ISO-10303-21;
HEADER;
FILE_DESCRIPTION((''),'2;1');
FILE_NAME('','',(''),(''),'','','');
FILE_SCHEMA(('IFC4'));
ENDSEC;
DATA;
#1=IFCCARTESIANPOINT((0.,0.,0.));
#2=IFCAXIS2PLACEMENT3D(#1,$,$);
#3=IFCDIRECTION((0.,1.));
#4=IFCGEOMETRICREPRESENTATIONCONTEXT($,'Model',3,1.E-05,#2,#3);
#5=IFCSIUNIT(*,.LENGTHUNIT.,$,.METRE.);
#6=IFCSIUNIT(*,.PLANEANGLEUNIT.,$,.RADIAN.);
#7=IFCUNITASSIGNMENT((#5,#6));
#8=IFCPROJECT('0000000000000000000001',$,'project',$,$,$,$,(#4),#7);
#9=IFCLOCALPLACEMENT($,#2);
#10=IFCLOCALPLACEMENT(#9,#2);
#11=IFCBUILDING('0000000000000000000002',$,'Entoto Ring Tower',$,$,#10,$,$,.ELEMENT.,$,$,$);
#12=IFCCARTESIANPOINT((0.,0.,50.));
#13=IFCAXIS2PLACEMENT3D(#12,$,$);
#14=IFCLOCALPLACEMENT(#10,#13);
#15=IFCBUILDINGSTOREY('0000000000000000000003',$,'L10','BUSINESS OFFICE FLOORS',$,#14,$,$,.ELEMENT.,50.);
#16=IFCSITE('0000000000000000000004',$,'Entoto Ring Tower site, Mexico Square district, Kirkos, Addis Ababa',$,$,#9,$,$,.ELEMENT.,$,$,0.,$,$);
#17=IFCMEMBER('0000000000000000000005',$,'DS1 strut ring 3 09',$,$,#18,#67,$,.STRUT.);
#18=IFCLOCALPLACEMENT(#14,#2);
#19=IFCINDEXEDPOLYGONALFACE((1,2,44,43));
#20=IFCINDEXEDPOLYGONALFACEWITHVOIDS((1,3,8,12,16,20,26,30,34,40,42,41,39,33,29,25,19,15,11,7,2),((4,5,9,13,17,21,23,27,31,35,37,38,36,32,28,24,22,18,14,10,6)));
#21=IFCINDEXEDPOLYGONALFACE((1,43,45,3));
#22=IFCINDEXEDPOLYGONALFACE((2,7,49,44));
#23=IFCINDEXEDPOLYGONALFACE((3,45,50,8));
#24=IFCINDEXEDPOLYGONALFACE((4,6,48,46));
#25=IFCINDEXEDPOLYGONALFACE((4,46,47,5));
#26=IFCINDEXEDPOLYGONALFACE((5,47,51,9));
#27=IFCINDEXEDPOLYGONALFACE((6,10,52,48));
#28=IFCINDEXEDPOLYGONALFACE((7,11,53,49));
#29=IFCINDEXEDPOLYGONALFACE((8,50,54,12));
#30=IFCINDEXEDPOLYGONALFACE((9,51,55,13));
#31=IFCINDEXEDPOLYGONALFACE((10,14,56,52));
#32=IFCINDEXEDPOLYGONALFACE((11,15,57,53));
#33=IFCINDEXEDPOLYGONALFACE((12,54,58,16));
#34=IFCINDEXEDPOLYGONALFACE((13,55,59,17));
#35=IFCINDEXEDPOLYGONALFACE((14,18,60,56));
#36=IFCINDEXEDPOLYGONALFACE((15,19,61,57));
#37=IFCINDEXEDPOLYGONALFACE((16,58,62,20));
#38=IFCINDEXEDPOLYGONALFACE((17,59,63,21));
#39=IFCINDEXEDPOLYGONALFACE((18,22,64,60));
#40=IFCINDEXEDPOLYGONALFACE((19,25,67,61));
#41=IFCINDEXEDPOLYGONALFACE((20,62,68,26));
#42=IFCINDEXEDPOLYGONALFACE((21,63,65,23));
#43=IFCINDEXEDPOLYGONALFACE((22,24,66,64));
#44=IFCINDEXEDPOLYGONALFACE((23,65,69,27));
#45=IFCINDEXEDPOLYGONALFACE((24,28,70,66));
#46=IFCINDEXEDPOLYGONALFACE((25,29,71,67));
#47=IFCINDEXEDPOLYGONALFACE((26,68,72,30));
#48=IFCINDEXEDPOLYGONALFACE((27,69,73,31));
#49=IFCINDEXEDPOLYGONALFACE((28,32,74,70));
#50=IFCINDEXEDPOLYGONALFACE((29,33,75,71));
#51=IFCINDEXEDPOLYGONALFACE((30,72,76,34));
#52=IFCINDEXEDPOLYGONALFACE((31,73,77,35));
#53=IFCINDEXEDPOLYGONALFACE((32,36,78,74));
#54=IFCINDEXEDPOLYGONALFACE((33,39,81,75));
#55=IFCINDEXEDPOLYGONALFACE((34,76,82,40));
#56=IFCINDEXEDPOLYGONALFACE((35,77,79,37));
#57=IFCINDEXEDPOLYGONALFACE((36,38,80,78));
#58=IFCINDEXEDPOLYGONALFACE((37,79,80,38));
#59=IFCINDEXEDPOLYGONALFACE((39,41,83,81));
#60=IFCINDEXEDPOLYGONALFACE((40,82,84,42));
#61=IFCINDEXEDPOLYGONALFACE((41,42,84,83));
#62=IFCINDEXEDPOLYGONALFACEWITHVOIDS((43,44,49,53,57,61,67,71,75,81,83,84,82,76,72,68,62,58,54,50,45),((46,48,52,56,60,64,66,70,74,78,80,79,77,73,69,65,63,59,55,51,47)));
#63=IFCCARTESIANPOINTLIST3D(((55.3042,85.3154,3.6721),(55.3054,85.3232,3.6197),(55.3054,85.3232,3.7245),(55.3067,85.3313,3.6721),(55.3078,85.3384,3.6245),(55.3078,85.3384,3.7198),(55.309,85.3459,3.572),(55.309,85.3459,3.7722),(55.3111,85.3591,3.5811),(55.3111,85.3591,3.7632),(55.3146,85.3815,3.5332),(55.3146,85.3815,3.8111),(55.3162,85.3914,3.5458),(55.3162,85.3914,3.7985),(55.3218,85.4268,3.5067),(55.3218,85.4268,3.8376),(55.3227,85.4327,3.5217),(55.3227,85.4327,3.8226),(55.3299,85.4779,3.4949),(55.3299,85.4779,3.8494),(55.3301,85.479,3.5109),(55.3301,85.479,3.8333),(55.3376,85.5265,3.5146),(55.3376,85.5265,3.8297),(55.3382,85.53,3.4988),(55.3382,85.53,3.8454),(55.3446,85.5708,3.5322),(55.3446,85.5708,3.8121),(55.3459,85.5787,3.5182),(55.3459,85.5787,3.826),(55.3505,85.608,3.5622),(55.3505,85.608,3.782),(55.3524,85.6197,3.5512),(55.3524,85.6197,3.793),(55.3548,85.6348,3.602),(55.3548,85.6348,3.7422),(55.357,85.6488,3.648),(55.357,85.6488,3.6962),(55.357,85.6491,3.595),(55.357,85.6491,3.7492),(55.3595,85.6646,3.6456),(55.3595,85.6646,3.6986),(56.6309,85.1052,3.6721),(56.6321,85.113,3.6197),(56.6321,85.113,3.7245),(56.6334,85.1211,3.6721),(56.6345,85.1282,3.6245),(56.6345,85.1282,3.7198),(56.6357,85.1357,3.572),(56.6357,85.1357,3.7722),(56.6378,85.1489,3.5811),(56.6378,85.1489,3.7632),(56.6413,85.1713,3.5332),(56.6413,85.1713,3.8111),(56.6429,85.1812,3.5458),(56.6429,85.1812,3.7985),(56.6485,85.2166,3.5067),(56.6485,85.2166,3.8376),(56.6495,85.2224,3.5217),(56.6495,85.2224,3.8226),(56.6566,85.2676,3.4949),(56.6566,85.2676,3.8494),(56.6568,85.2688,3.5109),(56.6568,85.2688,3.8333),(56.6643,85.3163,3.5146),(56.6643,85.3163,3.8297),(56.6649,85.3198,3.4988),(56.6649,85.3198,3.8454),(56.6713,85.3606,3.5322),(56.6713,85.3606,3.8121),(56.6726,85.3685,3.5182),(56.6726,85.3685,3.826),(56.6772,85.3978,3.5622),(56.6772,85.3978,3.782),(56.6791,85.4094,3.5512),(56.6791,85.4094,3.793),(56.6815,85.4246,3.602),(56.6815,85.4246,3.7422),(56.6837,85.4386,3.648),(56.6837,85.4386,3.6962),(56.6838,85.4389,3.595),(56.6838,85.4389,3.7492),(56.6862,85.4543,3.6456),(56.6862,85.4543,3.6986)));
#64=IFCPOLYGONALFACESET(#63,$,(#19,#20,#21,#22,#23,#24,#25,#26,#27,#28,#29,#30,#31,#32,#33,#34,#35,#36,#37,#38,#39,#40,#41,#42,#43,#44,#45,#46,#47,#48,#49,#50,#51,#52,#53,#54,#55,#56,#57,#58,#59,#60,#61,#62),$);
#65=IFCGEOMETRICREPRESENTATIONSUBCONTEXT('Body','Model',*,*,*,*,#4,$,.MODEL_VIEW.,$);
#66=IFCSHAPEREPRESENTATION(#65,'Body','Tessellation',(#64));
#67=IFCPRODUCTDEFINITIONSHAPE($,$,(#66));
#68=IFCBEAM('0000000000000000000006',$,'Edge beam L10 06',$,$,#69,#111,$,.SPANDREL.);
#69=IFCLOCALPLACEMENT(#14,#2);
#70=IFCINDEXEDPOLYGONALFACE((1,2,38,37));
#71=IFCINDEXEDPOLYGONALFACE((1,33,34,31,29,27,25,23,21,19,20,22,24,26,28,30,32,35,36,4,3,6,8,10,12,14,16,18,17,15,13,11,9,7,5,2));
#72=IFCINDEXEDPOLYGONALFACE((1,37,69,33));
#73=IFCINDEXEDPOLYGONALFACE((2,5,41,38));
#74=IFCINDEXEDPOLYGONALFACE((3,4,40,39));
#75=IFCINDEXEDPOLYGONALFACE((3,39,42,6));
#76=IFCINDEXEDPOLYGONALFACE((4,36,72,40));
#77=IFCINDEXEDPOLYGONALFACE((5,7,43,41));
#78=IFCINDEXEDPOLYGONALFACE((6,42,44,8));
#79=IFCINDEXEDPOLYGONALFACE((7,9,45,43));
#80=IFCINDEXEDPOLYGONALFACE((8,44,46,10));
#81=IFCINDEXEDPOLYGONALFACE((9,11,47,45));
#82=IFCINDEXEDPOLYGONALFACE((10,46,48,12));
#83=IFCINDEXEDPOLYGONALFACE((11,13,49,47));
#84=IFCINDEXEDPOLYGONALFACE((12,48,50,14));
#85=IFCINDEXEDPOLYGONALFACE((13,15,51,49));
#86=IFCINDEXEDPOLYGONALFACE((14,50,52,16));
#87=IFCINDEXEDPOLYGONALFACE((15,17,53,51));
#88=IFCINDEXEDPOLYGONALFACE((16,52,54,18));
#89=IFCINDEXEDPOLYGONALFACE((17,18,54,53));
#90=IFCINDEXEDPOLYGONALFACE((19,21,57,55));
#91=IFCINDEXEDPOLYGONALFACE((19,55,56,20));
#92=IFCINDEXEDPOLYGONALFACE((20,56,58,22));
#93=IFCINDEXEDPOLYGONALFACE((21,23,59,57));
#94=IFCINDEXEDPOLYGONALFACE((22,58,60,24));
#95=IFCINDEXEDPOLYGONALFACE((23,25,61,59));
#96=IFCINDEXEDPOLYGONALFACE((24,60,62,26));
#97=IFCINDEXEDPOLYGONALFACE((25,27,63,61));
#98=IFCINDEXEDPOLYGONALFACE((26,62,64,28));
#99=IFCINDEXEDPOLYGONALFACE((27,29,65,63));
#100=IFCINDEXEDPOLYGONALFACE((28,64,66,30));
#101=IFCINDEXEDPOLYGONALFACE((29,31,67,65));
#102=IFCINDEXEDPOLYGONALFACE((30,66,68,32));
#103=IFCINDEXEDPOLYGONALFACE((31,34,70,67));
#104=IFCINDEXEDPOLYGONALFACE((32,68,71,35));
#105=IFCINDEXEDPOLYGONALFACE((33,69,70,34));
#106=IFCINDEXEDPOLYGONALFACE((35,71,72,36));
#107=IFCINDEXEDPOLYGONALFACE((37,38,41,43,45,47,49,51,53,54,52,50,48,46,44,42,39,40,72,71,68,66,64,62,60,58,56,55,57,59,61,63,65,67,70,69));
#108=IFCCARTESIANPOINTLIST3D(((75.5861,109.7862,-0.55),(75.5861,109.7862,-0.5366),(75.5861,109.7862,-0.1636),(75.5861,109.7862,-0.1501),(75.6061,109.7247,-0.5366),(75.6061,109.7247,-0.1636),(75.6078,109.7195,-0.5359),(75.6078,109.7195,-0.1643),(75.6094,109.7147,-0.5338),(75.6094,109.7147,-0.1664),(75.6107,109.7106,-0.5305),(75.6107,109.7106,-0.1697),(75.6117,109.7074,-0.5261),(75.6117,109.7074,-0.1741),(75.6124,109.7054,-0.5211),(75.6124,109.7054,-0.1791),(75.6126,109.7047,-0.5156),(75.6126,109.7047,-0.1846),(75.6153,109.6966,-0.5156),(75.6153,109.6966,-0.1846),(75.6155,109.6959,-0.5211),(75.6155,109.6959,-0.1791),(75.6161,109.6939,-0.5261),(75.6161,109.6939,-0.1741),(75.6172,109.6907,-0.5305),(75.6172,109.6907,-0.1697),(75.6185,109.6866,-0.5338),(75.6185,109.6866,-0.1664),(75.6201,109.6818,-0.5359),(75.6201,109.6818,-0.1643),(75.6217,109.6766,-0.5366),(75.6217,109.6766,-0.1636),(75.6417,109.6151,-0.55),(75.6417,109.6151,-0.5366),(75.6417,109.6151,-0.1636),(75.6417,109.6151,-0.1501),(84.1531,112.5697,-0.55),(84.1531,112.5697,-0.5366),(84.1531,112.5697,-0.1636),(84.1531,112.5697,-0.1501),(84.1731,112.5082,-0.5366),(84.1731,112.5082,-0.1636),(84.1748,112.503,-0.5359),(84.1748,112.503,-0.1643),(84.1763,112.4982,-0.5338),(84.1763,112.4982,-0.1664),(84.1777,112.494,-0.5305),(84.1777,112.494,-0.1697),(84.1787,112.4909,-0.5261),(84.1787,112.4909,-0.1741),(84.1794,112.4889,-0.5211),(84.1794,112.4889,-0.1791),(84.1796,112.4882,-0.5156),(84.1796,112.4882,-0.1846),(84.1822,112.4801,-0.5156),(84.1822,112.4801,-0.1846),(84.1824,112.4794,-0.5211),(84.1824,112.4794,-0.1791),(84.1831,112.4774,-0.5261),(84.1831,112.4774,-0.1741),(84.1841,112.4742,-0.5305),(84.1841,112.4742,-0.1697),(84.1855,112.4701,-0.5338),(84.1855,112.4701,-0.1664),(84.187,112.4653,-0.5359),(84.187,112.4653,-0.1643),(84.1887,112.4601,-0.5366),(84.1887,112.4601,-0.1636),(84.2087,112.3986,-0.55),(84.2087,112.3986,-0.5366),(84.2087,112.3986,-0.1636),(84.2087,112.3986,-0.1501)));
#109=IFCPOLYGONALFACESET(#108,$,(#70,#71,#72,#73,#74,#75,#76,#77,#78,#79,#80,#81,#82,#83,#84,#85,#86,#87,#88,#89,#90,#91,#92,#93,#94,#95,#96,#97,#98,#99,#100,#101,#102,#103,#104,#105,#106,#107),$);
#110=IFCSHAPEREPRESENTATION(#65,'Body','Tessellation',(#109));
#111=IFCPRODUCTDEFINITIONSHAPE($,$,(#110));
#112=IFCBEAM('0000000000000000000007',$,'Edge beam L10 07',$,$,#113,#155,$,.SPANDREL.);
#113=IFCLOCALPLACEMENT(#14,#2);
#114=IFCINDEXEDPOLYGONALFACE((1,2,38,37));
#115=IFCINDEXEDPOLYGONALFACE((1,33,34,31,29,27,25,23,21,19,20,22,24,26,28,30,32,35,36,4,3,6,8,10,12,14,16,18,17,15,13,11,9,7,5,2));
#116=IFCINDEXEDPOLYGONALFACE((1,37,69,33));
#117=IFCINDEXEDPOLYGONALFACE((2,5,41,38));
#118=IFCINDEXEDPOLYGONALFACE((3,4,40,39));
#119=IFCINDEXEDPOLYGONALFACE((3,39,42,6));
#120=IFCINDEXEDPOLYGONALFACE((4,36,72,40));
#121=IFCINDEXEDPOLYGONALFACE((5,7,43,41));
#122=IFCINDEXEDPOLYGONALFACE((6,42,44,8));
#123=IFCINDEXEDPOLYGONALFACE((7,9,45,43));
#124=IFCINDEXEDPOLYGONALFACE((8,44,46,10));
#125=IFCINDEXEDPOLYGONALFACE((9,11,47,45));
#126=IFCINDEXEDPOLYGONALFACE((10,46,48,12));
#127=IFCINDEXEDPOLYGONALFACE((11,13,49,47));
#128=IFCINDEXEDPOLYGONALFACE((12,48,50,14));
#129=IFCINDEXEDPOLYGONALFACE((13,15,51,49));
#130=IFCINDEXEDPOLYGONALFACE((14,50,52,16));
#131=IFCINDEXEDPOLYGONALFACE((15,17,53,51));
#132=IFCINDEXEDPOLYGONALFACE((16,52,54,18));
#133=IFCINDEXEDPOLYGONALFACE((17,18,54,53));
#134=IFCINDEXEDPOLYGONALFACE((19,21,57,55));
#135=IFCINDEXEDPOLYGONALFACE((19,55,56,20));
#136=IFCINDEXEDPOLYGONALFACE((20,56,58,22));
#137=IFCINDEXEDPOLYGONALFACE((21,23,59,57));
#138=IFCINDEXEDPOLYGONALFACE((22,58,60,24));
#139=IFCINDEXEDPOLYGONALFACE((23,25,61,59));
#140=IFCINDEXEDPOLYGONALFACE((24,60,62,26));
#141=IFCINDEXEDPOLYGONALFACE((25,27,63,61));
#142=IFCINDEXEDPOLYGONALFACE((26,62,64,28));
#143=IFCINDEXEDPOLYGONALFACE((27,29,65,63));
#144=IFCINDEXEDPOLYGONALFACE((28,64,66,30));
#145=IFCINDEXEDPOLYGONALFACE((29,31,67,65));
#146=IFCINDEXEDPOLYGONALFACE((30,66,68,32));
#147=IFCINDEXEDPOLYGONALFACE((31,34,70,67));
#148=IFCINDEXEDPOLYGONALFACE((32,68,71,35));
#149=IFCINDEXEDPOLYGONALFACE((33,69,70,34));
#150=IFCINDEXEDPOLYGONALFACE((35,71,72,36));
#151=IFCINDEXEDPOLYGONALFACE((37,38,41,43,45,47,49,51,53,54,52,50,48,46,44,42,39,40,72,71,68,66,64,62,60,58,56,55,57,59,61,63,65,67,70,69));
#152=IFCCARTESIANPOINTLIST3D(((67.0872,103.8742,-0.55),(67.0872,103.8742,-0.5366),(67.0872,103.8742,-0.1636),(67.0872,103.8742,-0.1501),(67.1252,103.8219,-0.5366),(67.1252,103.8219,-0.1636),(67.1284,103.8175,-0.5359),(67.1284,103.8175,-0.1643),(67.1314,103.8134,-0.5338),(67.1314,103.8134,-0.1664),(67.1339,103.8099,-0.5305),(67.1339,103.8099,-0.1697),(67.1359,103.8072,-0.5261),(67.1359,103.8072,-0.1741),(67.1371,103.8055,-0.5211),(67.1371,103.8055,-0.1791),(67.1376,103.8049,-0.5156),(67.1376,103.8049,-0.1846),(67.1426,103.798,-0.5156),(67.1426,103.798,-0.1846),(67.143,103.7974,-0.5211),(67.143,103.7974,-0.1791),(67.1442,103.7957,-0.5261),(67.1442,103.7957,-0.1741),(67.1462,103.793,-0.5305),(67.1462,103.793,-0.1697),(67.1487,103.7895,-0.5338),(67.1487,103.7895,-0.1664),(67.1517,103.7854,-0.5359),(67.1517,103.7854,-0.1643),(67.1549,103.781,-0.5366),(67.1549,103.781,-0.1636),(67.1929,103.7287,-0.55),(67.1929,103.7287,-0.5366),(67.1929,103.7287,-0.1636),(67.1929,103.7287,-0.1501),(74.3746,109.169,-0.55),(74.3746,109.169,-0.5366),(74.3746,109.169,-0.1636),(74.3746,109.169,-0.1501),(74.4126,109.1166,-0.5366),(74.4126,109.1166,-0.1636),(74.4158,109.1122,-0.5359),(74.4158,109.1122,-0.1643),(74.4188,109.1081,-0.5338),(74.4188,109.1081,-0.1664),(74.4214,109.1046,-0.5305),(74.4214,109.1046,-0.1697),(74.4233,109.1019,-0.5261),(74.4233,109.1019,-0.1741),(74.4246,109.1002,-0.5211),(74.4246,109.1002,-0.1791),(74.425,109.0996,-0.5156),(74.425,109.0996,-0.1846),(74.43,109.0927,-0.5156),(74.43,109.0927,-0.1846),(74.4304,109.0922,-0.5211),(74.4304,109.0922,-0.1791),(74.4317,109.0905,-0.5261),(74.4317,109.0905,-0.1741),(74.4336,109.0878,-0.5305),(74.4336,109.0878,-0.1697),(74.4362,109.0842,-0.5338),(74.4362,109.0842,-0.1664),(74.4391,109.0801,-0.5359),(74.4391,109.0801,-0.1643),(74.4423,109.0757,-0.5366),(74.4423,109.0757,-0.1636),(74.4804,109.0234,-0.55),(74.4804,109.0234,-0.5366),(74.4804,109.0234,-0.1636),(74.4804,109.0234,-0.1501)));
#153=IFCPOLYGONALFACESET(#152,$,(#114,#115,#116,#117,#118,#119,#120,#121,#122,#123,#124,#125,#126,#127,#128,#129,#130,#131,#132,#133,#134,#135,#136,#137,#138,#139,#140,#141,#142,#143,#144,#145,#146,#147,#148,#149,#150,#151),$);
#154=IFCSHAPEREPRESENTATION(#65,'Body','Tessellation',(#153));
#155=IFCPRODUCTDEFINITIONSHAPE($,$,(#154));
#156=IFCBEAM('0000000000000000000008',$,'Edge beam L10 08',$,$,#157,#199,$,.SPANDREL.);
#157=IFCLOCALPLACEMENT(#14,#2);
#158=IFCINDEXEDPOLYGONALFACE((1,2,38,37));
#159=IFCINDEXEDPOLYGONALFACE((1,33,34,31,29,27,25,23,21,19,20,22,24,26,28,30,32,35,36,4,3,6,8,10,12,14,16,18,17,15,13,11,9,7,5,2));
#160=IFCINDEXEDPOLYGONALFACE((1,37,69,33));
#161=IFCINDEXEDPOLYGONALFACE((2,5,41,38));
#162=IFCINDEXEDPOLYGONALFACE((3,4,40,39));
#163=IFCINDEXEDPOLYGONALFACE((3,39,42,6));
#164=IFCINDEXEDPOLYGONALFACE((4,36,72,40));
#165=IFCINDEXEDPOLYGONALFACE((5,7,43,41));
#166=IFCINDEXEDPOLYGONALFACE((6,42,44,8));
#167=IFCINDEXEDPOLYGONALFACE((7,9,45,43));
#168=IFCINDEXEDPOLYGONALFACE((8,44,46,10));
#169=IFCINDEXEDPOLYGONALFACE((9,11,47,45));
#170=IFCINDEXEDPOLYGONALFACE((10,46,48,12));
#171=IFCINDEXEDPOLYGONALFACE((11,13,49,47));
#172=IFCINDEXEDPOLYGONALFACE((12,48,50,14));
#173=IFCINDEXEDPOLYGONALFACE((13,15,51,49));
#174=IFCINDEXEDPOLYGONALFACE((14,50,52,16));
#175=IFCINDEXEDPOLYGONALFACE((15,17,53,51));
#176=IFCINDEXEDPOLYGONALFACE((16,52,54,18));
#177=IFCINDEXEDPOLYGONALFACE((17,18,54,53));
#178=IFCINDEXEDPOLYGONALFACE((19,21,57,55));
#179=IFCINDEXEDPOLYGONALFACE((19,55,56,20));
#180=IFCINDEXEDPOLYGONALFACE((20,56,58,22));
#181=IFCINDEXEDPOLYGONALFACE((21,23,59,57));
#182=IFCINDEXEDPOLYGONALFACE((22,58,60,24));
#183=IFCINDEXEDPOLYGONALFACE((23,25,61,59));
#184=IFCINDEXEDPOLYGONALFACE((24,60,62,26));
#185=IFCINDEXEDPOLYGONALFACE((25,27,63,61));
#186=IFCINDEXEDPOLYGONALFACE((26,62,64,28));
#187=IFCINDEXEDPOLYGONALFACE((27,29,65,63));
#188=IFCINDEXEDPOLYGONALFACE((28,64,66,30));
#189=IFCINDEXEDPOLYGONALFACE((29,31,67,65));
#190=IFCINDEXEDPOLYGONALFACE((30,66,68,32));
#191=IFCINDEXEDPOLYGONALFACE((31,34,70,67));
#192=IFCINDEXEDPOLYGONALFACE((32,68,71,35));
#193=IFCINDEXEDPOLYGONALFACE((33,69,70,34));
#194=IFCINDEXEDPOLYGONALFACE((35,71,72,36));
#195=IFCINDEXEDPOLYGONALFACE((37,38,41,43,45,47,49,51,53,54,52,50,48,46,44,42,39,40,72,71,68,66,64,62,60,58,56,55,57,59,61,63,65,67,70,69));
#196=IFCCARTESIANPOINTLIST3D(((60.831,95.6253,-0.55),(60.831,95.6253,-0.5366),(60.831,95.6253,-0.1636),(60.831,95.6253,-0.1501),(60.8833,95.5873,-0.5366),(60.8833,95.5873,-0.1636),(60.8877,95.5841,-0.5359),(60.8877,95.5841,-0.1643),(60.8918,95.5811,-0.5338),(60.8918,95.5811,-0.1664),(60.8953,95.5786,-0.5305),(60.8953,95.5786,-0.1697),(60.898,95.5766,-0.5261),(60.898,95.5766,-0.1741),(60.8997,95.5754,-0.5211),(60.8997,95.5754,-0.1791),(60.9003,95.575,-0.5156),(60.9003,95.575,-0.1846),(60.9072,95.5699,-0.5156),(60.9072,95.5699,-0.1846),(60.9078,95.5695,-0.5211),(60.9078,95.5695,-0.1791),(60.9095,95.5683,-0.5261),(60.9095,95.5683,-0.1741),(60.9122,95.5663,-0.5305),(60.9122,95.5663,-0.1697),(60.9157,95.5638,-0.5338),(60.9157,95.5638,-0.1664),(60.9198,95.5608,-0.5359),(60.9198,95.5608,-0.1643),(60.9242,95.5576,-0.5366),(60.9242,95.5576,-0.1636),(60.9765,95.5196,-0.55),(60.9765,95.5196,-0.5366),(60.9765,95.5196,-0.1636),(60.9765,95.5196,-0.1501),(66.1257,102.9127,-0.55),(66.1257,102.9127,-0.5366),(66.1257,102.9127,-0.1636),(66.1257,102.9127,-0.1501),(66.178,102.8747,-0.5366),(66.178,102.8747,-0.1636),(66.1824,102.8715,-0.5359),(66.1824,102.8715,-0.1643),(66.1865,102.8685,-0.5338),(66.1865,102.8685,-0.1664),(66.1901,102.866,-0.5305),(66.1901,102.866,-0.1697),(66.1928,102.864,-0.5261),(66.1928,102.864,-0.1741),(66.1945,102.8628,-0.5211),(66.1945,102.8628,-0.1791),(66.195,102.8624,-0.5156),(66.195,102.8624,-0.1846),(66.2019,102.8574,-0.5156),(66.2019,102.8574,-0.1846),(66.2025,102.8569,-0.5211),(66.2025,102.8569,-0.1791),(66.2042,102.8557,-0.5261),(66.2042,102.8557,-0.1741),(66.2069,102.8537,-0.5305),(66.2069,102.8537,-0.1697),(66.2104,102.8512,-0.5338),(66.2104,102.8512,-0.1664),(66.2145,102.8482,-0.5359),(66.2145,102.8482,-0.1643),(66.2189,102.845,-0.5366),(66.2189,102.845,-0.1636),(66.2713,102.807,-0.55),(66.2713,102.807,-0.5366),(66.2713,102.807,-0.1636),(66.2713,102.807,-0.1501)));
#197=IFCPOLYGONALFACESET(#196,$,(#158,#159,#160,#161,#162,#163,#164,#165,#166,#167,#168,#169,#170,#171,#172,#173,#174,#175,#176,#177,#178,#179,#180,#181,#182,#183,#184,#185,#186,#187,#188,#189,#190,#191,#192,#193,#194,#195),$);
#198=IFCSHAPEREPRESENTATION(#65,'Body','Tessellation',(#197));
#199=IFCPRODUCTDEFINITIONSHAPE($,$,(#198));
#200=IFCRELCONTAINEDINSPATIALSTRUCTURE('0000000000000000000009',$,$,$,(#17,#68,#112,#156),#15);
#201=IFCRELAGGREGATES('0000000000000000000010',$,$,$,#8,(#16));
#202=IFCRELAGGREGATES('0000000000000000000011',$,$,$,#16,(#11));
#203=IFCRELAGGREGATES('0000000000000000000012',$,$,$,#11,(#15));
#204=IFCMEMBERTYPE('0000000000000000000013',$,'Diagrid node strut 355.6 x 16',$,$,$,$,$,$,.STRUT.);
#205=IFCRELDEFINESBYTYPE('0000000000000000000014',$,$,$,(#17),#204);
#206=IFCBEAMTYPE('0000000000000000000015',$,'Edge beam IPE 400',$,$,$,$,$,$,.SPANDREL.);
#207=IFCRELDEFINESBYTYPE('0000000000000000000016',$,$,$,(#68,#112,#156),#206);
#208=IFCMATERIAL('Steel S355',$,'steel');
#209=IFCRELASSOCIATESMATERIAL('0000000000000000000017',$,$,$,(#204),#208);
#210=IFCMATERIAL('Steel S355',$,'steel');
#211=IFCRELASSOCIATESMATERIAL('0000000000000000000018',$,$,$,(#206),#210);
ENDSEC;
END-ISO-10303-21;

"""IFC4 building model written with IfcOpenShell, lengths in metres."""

from ifc_helpers import new_model, si_unit, direction, frame, origin, origin_2d, place, context, subcontext, project, spatial, circle, hollow_circle, i_section, extrude, material, material_profile, profile_set, type_object, element, save


model = new_model("IFC4")

# Units and contexts
model_context = context("Model", 3, precision=1e-05, world=origin(), true_north=direction((0.0, 1.0)))
body_context = subcontext(model_context, "Body", "Model", "MODEL_VIEW")
ifc_project = project(units=[si_unit("LENGTHUNIT", "METRE"), si_unit("PLANEANGLEUNIT", "RADIAN")], contexts=[model_context])

# Site, building, storey
site_placement = place(None, origin())
site = spatial("IfcSite", under=ifc_project, at=site_placement, Name="Entoto Ring Tower site, Mexico Square district, Kirkos, Addis Ababa", CompositionType="ELEMENT", RefElevation=0.0)
building_placement = place(site_placement, origin())
building = spatial("IfcBuilding", under=site, at=building_placement, Name="Entoto Ring Tower", CompositionType="ELEMENT")
storey_placement = place(building_placement, frame((0.0, 0.0, 50.0)))
storey = spatial("IfcBuildingStorey", under=building, at=storey_placement, Name="L10", Description="BUSINESS OFFICE FLOORS", CompositionType="ELEMENT", Elevation=50.0)

# Member
ifc_material_1 = material(Name="Steel S355", Category="steel")
ifc_material_profile_1 = material_profile(ifc_material_1, hollow_circle(Radius=0.1777, WallThickness=0.0161, at=origin_2d()), Name="CHS 355.6 x 16")
ifc_material_2 = material(Name="Concrete C60/75", Category="concrete")
ifc_material_profile_2 = material_profile(ifc_material_2, circle(Radius=0.1619, at=origin_2d()), Name="Concrete C60/75 infill")
ifc_profile_set_1 = profile_set([ifc_material_profile_1, ifc_material_profile_2], Name="Steel S355")
member_type = type_object("IfcMemberType", Name="Diagrid node strut 355.6 x 16", PredefinedType="STRUT", material=ifc_profile_set_1)
member_1_placement = place(storey_placement, frame((56.6587, 85.2808, 3.6721), z_axis=(-0.987679, 0.156495, 0.0), x_axis=(-0.156495, -0.987679, 0.0)))
element("IfcMember", 1, at=member_1_placement, inside=storey, type_object=member_type, Name="DS1 strut ring 3 09", PredefinedType="STRUT", context=body_context, shape_type="SweptSolid", body=[
    extrude(hollow_circle(Radius=0.1777, WallThickness=0.0161, at=origin_2d()), origin(), (0.0, 0.0, 1.0), 1.3433),
])

# Beams
ifc_material_3 = material(Name="Steel S355", Category="steel")
ifc_material_profile_3 = material_profile(ifc_material_3, i_section(OverallWidth=0.1799, OverallDepth=0.3999, WebThickness=0.0085, FlangeThickness=0.0134, FilletRadius=0.021, at=origin_2d()), Name="IPE 400")
ifc_profile_set_2 = profile_set([ifc_material_profile_3], Name="Steel S355")
beam_type_1 = type_object("IfcBeamType", Name="Edge beam IPE 400", PredefinedType="SPANDREL", material=ifc_profile_set_2)
for number, where, z_axis, x_axis, name in (
    (2, (84.1809, 112.4841, -0.3501), (-0.95106, -0.309006, 0.0), (0.309006, -0.95106, 0.0), "Edge beam L10 06"),
    (3, (74.4275, 109.0962, -0.3501), (-0.809011, -0.587793, 0.0), (0.587793, -0.809011, 0.0), "Edge beam L10 07"),
    (4, (66.1985, 102.8599, -0.3501), (-0.587793, -0.809011, 0.0), (0.809011, -0.587793, 0.0), "Edge beam L10 08"),
):
    element("IfcBeam", number, at=place(storey_placement, frame(where, z_axis=z_axis, x_axis=x_axis)), inside=storey, type_object=beam_type_1, Name=name, PredefinedType="SPANDREL", context=body_context, shape_type="SweptSolid", body=[
        extrude(i_section(OverallWidth=0.1799, OverallDepth=0.3999, WebThickness=0.0085, FlangeThickness=0.0134, FilletRadius=0.021, at=origin_2d()), origin(), (0.0, 0.0, 1.0), 9.0078),
    ])

save(model, "model.ifc")
